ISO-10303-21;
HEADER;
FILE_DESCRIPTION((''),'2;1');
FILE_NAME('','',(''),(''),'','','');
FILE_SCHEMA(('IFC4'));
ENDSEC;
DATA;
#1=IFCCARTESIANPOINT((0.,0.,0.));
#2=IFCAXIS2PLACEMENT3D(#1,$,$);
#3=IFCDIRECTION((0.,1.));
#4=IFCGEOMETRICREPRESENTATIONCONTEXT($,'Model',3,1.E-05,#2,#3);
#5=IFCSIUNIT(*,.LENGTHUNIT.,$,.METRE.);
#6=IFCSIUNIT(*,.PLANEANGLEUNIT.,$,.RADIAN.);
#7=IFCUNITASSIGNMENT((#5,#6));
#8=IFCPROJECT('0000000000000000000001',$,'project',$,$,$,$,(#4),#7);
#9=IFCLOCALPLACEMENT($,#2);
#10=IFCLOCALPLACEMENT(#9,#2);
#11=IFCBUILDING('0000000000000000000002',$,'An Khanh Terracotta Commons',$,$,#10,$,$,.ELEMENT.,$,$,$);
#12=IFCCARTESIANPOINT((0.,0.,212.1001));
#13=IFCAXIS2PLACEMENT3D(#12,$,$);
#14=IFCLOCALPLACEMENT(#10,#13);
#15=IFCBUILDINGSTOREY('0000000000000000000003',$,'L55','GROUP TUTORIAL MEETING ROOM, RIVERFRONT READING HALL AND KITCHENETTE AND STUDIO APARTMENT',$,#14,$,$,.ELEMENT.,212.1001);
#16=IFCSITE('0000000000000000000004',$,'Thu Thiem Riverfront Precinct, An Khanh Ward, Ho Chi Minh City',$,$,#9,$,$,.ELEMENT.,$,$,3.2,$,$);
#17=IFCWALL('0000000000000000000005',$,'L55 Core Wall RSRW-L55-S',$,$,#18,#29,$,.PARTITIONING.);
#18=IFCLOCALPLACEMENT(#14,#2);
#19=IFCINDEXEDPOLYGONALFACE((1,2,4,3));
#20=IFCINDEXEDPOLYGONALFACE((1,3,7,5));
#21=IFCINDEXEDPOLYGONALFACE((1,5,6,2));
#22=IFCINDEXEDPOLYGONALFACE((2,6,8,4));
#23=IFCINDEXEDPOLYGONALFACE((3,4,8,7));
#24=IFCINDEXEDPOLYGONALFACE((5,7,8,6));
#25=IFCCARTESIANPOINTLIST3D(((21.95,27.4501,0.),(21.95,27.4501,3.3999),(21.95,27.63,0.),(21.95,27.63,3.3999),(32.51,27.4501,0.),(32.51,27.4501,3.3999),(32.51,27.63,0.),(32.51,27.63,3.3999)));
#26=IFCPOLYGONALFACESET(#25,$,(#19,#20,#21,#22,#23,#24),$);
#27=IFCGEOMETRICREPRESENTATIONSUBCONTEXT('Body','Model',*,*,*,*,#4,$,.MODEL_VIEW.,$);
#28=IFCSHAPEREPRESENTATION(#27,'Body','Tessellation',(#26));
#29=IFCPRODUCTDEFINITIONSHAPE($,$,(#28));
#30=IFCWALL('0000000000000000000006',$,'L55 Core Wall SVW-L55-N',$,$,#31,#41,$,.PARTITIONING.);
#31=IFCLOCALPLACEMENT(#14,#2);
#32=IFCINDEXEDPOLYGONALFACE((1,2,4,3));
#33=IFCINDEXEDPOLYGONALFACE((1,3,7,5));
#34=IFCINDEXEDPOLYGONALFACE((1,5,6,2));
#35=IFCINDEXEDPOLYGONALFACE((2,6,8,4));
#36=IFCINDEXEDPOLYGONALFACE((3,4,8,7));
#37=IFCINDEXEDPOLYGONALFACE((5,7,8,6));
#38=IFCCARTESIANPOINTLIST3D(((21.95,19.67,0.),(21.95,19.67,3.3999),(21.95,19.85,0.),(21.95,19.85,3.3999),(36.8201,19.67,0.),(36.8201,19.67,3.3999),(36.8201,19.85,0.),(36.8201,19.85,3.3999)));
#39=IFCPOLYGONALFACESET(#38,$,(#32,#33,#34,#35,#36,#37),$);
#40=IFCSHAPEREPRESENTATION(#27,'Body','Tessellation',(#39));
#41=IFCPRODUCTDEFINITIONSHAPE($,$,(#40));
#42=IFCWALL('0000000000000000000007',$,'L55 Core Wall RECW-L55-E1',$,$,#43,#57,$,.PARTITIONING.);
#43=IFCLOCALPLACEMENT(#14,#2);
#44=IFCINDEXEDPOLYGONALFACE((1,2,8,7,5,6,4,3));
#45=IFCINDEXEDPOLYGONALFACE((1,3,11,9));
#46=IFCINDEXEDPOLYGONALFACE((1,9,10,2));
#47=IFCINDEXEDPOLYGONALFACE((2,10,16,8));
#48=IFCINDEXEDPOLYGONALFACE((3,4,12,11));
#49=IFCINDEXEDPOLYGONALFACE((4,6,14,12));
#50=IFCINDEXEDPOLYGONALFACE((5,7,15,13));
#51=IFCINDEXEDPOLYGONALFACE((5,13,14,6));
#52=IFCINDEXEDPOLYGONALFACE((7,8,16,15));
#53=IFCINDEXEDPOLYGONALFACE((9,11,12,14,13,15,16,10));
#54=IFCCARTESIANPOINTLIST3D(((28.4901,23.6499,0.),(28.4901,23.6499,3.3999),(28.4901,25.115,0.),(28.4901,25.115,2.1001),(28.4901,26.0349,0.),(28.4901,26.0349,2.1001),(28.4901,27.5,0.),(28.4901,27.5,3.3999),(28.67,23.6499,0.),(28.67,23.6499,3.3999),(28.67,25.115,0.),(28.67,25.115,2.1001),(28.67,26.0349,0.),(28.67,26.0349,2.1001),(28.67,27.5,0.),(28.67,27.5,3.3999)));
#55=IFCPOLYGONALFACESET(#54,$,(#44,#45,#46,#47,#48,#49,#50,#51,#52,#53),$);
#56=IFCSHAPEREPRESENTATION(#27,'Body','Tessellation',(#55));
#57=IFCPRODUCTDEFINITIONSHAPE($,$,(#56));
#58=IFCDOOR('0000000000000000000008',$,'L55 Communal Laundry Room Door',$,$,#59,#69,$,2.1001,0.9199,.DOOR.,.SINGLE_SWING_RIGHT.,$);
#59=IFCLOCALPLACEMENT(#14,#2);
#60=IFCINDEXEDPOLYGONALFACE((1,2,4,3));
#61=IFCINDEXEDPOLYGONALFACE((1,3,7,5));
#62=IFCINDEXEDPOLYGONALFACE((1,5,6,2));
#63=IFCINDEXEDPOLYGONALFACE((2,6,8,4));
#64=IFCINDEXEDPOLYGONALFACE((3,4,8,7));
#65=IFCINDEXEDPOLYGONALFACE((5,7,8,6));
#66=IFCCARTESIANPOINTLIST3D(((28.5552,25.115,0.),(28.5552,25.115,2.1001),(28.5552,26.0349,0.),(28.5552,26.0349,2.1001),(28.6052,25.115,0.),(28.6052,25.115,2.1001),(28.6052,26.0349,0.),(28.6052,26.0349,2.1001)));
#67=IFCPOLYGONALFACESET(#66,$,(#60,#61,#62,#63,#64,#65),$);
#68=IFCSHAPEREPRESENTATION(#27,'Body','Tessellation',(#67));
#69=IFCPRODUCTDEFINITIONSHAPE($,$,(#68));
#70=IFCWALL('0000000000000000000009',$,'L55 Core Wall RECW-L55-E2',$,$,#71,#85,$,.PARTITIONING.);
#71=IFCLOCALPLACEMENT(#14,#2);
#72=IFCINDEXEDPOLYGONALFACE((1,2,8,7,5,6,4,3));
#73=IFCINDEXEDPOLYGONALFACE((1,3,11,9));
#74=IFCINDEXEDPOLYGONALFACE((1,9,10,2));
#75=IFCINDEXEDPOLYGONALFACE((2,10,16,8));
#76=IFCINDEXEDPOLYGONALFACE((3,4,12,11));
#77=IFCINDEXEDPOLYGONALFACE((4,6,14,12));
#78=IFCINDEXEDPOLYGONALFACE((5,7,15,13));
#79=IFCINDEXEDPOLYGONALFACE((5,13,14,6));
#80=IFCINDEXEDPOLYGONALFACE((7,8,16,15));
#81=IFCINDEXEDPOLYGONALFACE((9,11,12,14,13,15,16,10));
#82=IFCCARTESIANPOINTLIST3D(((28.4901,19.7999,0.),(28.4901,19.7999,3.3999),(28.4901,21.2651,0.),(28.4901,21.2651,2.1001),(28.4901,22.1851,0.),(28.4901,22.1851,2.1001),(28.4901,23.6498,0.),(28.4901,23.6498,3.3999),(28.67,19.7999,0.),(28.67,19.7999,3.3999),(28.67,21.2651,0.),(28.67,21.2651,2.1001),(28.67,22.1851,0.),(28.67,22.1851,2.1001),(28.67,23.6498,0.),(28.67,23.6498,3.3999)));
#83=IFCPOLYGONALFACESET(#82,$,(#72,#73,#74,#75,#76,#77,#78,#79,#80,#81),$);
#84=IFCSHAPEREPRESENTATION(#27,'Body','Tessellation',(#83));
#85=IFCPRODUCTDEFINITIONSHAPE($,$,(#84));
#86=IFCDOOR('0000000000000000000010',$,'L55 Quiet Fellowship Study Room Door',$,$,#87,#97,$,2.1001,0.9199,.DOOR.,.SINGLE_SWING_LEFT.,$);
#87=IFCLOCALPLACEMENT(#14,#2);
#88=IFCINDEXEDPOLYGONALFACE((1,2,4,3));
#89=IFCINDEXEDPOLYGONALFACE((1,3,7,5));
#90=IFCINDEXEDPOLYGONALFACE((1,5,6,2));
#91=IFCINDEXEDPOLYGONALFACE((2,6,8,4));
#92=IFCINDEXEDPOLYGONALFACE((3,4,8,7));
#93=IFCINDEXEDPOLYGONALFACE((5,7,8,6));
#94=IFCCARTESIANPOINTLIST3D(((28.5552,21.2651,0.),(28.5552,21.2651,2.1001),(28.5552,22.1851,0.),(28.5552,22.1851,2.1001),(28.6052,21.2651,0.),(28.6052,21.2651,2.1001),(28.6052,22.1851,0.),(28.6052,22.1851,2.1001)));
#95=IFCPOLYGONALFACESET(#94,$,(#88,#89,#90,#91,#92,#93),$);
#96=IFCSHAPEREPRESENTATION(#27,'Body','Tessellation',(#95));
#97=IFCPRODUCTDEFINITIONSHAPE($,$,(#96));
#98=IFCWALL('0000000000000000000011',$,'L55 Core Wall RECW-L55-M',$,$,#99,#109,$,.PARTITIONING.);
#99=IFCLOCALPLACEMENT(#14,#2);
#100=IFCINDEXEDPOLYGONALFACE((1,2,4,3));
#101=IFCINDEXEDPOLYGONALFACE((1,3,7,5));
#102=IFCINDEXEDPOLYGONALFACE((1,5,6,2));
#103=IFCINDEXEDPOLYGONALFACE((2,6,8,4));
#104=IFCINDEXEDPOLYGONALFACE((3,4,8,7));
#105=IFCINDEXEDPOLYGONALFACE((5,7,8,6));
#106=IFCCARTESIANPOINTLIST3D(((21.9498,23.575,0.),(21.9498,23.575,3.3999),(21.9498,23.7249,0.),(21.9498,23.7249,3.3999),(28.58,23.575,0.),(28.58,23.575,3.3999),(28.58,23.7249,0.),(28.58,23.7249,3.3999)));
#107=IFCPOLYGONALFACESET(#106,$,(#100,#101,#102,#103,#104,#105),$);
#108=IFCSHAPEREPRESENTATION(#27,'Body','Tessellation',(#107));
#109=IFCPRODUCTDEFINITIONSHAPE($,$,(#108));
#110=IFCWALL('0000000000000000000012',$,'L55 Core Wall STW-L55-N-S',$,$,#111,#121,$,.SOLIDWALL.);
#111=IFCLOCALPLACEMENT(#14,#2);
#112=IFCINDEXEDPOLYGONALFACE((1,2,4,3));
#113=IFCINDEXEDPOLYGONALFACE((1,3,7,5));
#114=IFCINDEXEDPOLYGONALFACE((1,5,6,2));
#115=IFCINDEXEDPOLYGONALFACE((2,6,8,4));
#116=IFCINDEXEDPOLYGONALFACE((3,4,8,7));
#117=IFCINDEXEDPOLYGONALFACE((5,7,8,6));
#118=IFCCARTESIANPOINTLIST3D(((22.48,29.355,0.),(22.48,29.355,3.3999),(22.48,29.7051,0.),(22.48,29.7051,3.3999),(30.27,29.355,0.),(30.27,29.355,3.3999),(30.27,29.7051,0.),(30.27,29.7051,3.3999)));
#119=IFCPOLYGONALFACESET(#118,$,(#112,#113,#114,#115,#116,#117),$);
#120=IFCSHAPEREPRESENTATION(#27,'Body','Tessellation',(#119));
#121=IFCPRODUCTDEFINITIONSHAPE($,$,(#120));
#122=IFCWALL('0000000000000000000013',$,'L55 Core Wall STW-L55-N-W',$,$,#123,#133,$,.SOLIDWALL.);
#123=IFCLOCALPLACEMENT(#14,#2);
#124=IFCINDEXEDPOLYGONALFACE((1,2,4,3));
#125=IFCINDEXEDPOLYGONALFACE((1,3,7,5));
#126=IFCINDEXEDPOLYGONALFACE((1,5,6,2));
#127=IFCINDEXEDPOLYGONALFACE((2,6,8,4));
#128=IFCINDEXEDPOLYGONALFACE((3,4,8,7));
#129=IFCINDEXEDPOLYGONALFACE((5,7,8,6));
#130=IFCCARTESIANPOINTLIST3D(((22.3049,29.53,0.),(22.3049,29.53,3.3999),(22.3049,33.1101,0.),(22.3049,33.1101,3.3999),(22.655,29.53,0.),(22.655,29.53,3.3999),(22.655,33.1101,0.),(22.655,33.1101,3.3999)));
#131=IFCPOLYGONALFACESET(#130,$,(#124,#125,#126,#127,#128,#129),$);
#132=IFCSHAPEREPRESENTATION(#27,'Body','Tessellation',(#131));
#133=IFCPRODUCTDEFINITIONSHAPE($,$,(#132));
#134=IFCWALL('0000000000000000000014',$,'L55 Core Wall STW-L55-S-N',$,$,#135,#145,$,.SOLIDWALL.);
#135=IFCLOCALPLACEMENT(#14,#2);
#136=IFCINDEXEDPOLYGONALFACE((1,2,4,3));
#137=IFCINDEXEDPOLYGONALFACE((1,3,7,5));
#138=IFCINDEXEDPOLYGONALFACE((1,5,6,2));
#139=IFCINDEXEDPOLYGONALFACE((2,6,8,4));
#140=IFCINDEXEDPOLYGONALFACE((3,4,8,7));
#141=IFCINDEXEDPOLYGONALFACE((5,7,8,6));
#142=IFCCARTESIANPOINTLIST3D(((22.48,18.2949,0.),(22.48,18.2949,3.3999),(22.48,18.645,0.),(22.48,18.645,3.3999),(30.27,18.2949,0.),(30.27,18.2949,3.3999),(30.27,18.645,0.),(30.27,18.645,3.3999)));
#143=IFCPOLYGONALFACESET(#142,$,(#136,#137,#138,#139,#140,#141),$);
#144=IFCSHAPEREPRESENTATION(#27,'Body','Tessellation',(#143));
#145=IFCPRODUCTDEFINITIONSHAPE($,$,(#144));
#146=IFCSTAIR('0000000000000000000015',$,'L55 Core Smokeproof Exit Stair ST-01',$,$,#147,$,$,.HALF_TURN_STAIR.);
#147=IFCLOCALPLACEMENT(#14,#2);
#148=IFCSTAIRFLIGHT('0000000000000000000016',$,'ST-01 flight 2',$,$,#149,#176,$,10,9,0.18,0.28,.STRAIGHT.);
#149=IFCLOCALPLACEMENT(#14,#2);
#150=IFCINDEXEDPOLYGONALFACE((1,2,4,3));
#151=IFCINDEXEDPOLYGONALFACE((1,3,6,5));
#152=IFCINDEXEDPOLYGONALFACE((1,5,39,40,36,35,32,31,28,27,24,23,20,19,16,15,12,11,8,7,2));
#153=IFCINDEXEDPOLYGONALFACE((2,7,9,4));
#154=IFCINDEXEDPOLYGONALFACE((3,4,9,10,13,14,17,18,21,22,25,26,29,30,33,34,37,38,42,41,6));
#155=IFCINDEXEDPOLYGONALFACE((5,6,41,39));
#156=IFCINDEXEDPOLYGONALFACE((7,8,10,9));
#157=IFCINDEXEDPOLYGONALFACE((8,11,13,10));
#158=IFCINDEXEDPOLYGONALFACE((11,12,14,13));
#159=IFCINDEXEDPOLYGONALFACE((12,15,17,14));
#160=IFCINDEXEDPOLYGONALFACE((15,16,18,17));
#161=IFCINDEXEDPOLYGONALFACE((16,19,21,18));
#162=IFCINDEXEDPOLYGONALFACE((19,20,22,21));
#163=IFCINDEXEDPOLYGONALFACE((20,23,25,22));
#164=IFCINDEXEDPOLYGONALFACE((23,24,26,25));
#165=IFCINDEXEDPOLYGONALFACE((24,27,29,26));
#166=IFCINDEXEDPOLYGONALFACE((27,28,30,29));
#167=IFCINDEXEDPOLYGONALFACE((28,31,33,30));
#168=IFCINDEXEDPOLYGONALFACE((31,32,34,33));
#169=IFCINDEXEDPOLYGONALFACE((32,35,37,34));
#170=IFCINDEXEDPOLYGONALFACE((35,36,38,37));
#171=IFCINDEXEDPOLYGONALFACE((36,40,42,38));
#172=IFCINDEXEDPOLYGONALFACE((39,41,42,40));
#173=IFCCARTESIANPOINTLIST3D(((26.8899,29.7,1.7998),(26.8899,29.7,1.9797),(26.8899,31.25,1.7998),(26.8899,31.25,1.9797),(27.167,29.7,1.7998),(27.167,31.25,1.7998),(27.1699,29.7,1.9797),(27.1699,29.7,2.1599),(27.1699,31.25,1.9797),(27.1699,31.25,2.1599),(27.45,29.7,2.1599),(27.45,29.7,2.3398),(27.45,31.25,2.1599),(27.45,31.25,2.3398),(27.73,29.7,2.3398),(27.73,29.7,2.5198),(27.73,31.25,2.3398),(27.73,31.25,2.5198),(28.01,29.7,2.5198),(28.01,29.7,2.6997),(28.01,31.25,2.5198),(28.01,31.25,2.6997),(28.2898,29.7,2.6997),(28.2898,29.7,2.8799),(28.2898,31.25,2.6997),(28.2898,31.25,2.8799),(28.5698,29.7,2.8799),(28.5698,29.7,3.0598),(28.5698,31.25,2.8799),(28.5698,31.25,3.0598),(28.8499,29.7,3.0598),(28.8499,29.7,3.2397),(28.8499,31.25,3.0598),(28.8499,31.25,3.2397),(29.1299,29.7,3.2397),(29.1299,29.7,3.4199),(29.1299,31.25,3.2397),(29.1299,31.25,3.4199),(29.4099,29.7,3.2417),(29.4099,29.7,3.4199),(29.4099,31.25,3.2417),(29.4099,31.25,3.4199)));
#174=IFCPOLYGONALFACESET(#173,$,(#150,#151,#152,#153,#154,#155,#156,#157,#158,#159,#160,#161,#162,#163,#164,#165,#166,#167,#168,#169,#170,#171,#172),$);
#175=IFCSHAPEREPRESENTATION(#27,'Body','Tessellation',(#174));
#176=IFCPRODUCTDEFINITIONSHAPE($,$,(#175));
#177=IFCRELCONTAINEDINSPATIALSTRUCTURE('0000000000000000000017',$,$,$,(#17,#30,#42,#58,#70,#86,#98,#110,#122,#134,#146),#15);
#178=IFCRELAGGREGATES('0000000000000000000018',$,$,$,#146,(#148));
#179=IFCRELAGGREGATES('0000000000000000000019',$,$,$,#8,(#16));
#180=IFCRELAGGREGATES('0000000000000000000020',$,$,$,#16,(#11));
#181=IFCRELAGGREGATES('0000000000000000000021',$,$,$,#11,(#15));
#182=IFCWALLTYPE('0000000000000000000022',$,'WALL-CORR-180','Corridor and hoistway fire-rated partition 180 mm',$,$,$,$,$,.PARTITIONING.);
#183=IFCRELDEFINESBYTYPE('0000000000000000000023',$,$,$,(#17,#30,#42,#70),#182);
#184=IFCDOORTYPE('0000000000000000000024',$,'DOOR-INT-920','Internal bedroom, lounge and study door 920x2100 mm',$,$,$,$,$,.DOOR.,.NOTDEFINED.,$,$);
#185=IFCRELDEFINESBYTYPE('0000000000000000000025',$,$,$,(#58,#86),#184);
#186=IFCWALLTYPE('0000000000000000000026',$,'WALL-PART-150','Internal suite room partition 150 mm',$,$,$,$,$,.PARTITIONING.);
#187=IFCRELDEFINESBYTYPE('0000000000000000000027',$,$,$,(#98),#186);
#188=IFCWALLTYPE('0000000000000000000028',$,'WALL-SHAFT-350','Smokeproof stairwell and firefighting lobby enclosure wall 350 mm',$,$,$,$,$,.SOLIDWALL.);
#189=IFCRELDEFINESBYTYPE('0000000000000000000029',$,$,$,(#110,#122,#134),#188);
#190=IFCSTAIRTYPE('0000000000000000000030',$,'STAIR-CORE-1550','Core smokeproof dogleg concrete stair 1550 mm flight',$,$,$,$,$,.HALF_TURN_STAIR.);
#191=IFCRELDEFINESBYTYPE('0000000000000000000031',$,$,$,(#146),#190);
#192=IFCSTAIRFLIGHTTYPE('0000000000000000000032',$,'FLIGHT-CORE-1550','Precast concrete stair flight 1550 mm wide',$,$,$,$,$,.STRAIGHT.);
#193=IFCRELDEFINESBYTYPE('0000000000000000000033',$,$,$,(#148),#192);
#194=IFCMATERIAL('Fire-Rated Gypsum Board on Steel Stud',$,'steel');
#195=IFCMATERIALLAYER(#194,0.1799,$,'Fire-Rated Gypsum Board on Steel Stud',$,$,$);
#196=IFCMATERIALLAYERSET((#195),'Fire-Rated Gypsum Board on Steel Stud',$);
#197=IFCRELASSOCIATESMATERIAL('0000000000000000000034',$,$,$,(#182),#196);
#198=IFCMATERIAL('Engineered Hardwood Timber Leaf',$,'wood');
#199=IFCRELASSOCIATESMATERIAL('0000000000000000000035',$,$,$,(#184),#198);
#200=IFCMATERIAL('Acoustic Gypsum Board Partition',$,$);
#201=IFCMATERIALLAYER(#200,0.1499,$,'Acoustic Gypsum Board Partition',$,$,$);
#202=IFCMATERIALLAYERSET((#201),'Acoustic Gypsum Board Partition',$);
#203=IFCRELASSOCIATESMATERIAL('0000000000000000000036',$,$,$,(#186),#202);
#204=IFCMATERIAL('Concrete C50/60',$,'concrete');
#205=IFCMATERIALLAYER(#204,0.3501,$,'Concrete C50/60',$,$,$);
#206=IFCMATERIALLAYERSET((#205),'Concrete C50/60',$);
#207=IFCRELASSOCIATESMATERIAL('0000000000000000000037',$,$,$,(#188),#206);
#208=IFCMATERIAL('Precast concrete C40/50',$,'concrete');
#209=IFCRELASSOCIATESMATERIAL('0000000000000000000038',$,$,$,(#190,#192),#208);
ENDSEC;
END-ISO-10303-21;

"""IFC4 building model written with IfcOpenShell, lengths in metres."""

from ifc_helpers import new_model, si_unit, direction, frame, frame_2d, origin, place, context, subcontext, project, spatial, polyline, rectangle, outline, extrude, material, layer, layer_set, type_object, element, fill, aggregate, save


model = new_model("IFC4")

# Units and contexts
model_context = context("Model", 3, precision=1e-05, world=origin(), true_north=direction((0.0, 1.0)))
body_context = subcontext(model_context, "Body", "Model", "MODEL_VIEW")
ifc_project = project(units=[si_unit("LENGTHUNIT", "METRE"), si_unit("PLANEANGLEUNIT", "RADIAN")], contexts=[model_context])

# Site, building, storey
site_placement = place(None, origin())
site = spatial("IfcSite", under=ifc_project, at=site_placement, Name="Thu Thiem Riverfront Precinct, An Khanh Ward, Ho Chi Minh City", CompositionType="ELEMENT", RefElevation=3.2)
building_placement = place(site_placement, origin())
building = spatial("IfcBuilding", under=site, at=building_placement, Name="An Khanh Terracotta Commons", CompositionType="ELEMENT")
storey_placement = place(building_placement, frame((0.0, 0.0, 212.1001)))
storey = spatial("IfcBuildingStorey", under=building, at=storey_placement, Name="L55", Description="GROUP TUTORIAL MEETING ROOM, RIVERFRONT READING HALL AND KITCHENETTE AND STUDIO APARTMENT", CompositionType="ELEMENT", Elevation=212.1001)

# Walls
ifc_material_1 = material(Name="Fire-Rated Gypsum Board on Steel Stud", Category="steel")
ifc_layer_1 = layer(ifc_material_1, 0.1799, Name="Fire-Rated Gypsum Board on Steel Stud")
ifc_layer_set_1 = layer_set([ifc_layer_1], Name="Fire-Rated Gypsum Board on Steel Stud")
wall_type_1 = type_object("IfcWallType", Name="WALL-CORR-180", Description="Corridor and hoistway fire-rated partition 180 mm", PredefinedType="PARTITIONING", material=ifc_layer_set_1)
wall_1_placement = place(storey_placement, frame((21.95, 27.54, 0.0), z_axis=(0.0, 0.0, 1.0), x_axis=(1.0, 0.0, 0.0)))
element("IfcWall", 1, at=wall_1_placement, inside=storey, type_object=wall_type_1, Name="L55 Core Wall RSRW-L55-S", PredefinedType="PARTITIONING", context=body_context, shape_type="SweptSolid", body=[
    extrude(rectangle(XDim=10.5601, YDim=0.1799, at=frame_2d((5.28, 0.0))), origin(), (0.0, 0.0, 1.0), 3.3999),
])
wall_2_placement = place(storey_placement, frame((21.95, 19.76, 0.0), z_axis=(0.0, 0.0, 1.0), x_axis=(1.0, 0.0, 0.0)))
element("IfcWall", 2, at=wall_2_placement, inside=storey, type_object=wall_type_1, Name="L55 Core Wall SVW-L55-N", PredefinedType="PARTITIONING", context=body_context, shape_type="SweptSolid", body=[
    extrude(rectangle(XDim=14.8701, YDim=0.1799, at=frame_2d((7.4351, 0.0))), origin(), (0.0, 0.0, 1.0), 3.3999),
])

# Walls, openings, doors
wall_3_placement = place(storey_placement, frame((28.5801, 23.6499, 0.0), z_axis=(0.0, 0.0, 1.0), x_axis=(0.0, 1.0, 0.0)))
wall_3 = element("IfcWall", 3, at=wall_3_placement, inside=storey, type_object=wall_type_1, Name="L55 Core Wall RECW-L55-E1", PredefinedType="PARTITIONING", context=body_context, shape_type="SweptSolid", body=[
    extrude(rectangle(XDim=3.8501, YDim=0.1799, at=frame_2d((1.925, 0.0))), origin(), (0.0, 0.0, 1.0), 3.3999),
])
opening_1_placement = place(wall_3_placement, frame((1.4651, 0.0, 0.0)))
opening_1 = element("IfcOpeningElement", 4, at=opening_1_placement, cuts=wall_3, PredefinedType="OPENING", context=body_context, shape_type="SweptSolid", body=[
    extrude(rectangle(XDim=0.9199, YDim=2.1001, at=frame_2d((0.46, 1.05))), frame((0.0, 0.0999, 0.0), z_axis=(0.0, -1.0, 0.0), x_axis=(1.0, 0.0, 0.0)), (0.0, 0.0, 1.0), 0.2),
])
ifc_material_2 = material(Name="Engineered Hardwood Timber Leaf", Category="wood")
door_type = type_object("IfcDoorType", Name="DOOR-INT-920", Description="Internal bedroom, lounge and study door 920x2100 mm", OperationType="NOTDEFINED", PredefinedType="DOOR", material=ifc_material_2)
door_1_placement = place(opening_1_placement, origin())
door_1 = element("IfcDoor", 5, at=door_1_placement, inside=storey, type_object=door_type, Name="L55 Communal Laundry Room Door", OperationType="SINGLE_SWING_RIGHT", OverallHeight=2.1001, OverallWidth=0.9199, PredefinedType="DOOR", context=body_context, shape_type="SweptSolid", body=[
    extrude(rectangle(XDim=0.9199, YDim=2.1001, at=frame_2d((0.46, 1.05))), frame((0.0, 0.0249, 0.0), z_axis=(0.0, -1.0, 0.0), x_axis=(1.0, 0.0, 0.0)), (0.0, 0.0, 1.0), 0.05),
])
fill(opening_1, door_1)
wall_4_placement = place(storey_placement, frame((28.5801, 19.8, 0.0), z_axis=(0.0, 0.0, 1.0), x_axis=(0.0, 1.0, 0.0)))
wall_4 = element("IfcWall", 6, at=wall_4_placement, inside=storey, type_object=wall_type_1, Name="L55 Core Wall RECW-L55-E2", PredefinedType="PARTITIONING", context=body_context, shape_type="SweptSolid", body=[
    extrude(rectangle(XDim=3.8499, YDim=0.1799, at=frame_2d((1.9248, 0.0))), origin(), (0.0, 0.0, 1.0), 3.3999),
])
opening_2_placement = place(wall_4_placement, frame((1.4651, 0.0, 0.0)))
opening_2 = element("IfcOpeningElement", 7, at=opening_2_placement, cuts=wall_4, PredefinedType="OPENING", context=body_context, shape_type="SweptSolid", body=[
    extrude(rectangle(XDim=0.9199, YDim=2.1001, at=frame_2d((0.46, 1.05))), frame((0.0, 0.0999, 0.0), z_axis=(0.0, -1.0, 0.0), x_axis=(1.0, 0.0, 0.0)), (0.0, 0.0, 1.0), 0.2),
])
door_2_placement = place(opening_2_placement, origin())
door_2 = element("IfcDoor", 8, at=door_2_placement, inside=storey, type_object=door_type, Name="L55 Quiet Fellowship Study Room Door", OperationType="SINGLE_SWING_LEFT", OverallHeight=2.1001, OverallWidth=0.9199, PredefinedType="DOOR", context=body_context, shape_type="SweptSolid", body=[
    extrude(rectangle(XDim=0.9199, YDim=2.1001, at=frame_2d((0.46, 1.05))), frame((0.0, 0.0249, 0.0), z_axis=(0.0, -1.0, 0.0), x_axis=(1.0, 0.0, 0.0)), (0.0, 0.0, 1.0), 0.05),
])
fill(opening_2, door_2)

# Walls
ifc_material_3 = material(Name="Acoustic Gypsum Board Partition")
ifc_layer_2 = layer(ifc_material_3, 0.1499, Name="Acoustic Gypsum Board Partition")
ifc_layer_set_2 = layer_set([ifc_layer_2], Name="Acoustic Gypsum Board Partition")
wall_type_2 = type_object("IfcWallType", Name="WALL-PART-150", Description="Internal suite room partition 150 mm", PredefinedType="PARTITIONING", material=ifc_layer_set_2)
wall_5_placement = place(storey_placement, frame((21.95, 23.6499, 0.0), z_axis=(0.0, 0.0, 1.0), x_axis=(1.0, 0.0, 0.0)))
element("IfcWall", 9, at=wall_5_placement, inside=storey, type_object=wall_type_2, Name="L55 Core Wall RECW-L55-M", PredefinedType="PARTITIONING", context=body_context, shape_type="SweptSolid", body=[
    extrude(rectangle(XDim=6.6301, YDim=0.1499, at=frame_2d((3.3149, 0.0))), origin(), (0.0, 0.0, 1.0), 3.3999),
])
ifc_material_4 = material(Name="Concrete C50/60", Category="concrete")
ifc_layer_3 = layer(ifc_material_4, 0.3501, Name="Concrete C50/60")
ifc_layer_set_3 = layer_set([ifc_layer_3], Name="Concrete C50/60")
wall_type_3 = type_object("IfcWallType", Name="WALL-SHAFT-350", Description="Smokeproof stairwell and firefighting lobby enclosure wall 350 mm", PredefinedType="SOLIDWALL", material=ifc_layer_set_3)
wall_6_placement = place(storey_placement, frame((22.48, 29.53, 0.0), z_axis=(0.0, 0.0, 1.0), x_axis=(1.0, 0.0, 0.0)))
element("IfcWall", 10, at=wall_6_placement, inside=storey, type_object=wall_type_3, Name="L55 Core Wall STW-L55-N-S", PredefinedType="SOLIDWALL", context=body_context, shape_type="SweptSolid", body=[
    extrude(rectangle(XDim=7.79, YDim=0.3501, at=frame_2d((3.895, 0.0))), origin(), (0.0, 0.0, 1.0), 3.3999),
])
wall_7_placement = place(storey_placement, frame((22.48, 29.53, 0.0), z_axis=(0.0, 0.0, 1.0), x_axis=(0.0, 1.0, 0.0)))
element("IfcWall", 11, at=wall_7_placement, inside=storey, type_object=wall_type_3, Name="L55 Core Wall STW-L55-N-W", PredefinedType="SOLIDWALL", context=body_context, shape_type="SweptSolid", body=[
    extrude(rectangle(XDim=3.5801, YDim=0.3501, at=frame_2d((1.79, 0.0))), origin(), (0.0, 0.0, 1.0), 3.3999),
])
wall_8_placement = place(storey_placement, frame((22.48, 18.47, 0.0), z_axis=(0.0, 0.0, 1.0), x_axis=(1.0, 0.0, 0.0)))
element("IfcWall", 12, at=wall_8_placement, inside=storey, type_object=wall_type_3, Name="L55 Core Wall STW-L55-S-N", PredefinedType="SOLIDWALL", context=body_context, shape_type="SweptSolid", body=[
    extrude(rectangle(XDim=7.79, YDim=0.3501, at=frame_2d((3.895, 0.0))), origin(), (0.0, 0.0, 1.0), 3.3999),
])

# Stair, stair flight
ifc_material_5 = material(Name="Precast concrete C40/50", Category="concrete")
stair_type = type_object("IfcStairType", Name="STAIR-CORE-1550", Description="Core smokeproof dogleg concrete stair 1550 mm flight", PredefinedType="HALF_TURN_STAIR", material=ifc_material_5)
stair_placement = place(storey_placement, origin())
stair = element("IfcStair", 13, at=stair_placement, inside=storey, type_object=stair_type, Name="L55 Core Smokeproof Exit Stair ST-01", PredefinedType="HALF_TURN_STAIR")
stair_flight_type = type_object("IfcStairFlightType", Name="FLIGHT-CORE-1550", Description="Precast concrete stair flight 1550 mm wide", PredefinedType="STRAIGHT", material=ifc_material_5)
stair_flight_placement = place(storey_placement, frame((26.8899, 30.4751, 1.7998), z_axis=(0.0, 0.0, 1.0), x_axis=(1.0, 0.0, 0.0)))
stair_flight = element("IfcStairFlight", 14, at=stair_flight_placement, type_object=stair_flight_type, Name="ST-01 flight 2", NumberOfRisers=10, NumberOfTreads=9, PredefinedType="STRAIGHT", RiserHeight=0.18, TreadLength=0.28, context=body_context, shape_type="SweptSolid", body=[
    extrude(outline(polyline([(0.0, 0.0), (0.0, 0.1799), (0.28, 0.1799), (0.28, 0.3601), (0.5601, 0.3601), (0.5601, 0.54), (0.8401, 0.54), (0.8401, 0.72), (1.1201, 0.72), (1.1201, 0.8999), (1.3999, 0.8999), (1.3999, 1.0801), (1.6799, 1.0801), (1.6799, 1.26), (1.96, 1.26), (1.96, 1.4399), (2.24, 1.4399), (2.24, 1.6201), (2.52, 1.6201), (2.52, 1.8), (2.52, 1.4419), (0.2771, 0.0), (0.0, 0.0)])), frame((0.0, 0.7749, 0.0), z_axis=(0.0, -1.0, 0.0), x_axis=(1.0, 0.0, 0.0)), (0.0, 0.0, 1.0), 1.55),
])
aggregate(stair, [stair_flight])

save(model, "model.ifc")
